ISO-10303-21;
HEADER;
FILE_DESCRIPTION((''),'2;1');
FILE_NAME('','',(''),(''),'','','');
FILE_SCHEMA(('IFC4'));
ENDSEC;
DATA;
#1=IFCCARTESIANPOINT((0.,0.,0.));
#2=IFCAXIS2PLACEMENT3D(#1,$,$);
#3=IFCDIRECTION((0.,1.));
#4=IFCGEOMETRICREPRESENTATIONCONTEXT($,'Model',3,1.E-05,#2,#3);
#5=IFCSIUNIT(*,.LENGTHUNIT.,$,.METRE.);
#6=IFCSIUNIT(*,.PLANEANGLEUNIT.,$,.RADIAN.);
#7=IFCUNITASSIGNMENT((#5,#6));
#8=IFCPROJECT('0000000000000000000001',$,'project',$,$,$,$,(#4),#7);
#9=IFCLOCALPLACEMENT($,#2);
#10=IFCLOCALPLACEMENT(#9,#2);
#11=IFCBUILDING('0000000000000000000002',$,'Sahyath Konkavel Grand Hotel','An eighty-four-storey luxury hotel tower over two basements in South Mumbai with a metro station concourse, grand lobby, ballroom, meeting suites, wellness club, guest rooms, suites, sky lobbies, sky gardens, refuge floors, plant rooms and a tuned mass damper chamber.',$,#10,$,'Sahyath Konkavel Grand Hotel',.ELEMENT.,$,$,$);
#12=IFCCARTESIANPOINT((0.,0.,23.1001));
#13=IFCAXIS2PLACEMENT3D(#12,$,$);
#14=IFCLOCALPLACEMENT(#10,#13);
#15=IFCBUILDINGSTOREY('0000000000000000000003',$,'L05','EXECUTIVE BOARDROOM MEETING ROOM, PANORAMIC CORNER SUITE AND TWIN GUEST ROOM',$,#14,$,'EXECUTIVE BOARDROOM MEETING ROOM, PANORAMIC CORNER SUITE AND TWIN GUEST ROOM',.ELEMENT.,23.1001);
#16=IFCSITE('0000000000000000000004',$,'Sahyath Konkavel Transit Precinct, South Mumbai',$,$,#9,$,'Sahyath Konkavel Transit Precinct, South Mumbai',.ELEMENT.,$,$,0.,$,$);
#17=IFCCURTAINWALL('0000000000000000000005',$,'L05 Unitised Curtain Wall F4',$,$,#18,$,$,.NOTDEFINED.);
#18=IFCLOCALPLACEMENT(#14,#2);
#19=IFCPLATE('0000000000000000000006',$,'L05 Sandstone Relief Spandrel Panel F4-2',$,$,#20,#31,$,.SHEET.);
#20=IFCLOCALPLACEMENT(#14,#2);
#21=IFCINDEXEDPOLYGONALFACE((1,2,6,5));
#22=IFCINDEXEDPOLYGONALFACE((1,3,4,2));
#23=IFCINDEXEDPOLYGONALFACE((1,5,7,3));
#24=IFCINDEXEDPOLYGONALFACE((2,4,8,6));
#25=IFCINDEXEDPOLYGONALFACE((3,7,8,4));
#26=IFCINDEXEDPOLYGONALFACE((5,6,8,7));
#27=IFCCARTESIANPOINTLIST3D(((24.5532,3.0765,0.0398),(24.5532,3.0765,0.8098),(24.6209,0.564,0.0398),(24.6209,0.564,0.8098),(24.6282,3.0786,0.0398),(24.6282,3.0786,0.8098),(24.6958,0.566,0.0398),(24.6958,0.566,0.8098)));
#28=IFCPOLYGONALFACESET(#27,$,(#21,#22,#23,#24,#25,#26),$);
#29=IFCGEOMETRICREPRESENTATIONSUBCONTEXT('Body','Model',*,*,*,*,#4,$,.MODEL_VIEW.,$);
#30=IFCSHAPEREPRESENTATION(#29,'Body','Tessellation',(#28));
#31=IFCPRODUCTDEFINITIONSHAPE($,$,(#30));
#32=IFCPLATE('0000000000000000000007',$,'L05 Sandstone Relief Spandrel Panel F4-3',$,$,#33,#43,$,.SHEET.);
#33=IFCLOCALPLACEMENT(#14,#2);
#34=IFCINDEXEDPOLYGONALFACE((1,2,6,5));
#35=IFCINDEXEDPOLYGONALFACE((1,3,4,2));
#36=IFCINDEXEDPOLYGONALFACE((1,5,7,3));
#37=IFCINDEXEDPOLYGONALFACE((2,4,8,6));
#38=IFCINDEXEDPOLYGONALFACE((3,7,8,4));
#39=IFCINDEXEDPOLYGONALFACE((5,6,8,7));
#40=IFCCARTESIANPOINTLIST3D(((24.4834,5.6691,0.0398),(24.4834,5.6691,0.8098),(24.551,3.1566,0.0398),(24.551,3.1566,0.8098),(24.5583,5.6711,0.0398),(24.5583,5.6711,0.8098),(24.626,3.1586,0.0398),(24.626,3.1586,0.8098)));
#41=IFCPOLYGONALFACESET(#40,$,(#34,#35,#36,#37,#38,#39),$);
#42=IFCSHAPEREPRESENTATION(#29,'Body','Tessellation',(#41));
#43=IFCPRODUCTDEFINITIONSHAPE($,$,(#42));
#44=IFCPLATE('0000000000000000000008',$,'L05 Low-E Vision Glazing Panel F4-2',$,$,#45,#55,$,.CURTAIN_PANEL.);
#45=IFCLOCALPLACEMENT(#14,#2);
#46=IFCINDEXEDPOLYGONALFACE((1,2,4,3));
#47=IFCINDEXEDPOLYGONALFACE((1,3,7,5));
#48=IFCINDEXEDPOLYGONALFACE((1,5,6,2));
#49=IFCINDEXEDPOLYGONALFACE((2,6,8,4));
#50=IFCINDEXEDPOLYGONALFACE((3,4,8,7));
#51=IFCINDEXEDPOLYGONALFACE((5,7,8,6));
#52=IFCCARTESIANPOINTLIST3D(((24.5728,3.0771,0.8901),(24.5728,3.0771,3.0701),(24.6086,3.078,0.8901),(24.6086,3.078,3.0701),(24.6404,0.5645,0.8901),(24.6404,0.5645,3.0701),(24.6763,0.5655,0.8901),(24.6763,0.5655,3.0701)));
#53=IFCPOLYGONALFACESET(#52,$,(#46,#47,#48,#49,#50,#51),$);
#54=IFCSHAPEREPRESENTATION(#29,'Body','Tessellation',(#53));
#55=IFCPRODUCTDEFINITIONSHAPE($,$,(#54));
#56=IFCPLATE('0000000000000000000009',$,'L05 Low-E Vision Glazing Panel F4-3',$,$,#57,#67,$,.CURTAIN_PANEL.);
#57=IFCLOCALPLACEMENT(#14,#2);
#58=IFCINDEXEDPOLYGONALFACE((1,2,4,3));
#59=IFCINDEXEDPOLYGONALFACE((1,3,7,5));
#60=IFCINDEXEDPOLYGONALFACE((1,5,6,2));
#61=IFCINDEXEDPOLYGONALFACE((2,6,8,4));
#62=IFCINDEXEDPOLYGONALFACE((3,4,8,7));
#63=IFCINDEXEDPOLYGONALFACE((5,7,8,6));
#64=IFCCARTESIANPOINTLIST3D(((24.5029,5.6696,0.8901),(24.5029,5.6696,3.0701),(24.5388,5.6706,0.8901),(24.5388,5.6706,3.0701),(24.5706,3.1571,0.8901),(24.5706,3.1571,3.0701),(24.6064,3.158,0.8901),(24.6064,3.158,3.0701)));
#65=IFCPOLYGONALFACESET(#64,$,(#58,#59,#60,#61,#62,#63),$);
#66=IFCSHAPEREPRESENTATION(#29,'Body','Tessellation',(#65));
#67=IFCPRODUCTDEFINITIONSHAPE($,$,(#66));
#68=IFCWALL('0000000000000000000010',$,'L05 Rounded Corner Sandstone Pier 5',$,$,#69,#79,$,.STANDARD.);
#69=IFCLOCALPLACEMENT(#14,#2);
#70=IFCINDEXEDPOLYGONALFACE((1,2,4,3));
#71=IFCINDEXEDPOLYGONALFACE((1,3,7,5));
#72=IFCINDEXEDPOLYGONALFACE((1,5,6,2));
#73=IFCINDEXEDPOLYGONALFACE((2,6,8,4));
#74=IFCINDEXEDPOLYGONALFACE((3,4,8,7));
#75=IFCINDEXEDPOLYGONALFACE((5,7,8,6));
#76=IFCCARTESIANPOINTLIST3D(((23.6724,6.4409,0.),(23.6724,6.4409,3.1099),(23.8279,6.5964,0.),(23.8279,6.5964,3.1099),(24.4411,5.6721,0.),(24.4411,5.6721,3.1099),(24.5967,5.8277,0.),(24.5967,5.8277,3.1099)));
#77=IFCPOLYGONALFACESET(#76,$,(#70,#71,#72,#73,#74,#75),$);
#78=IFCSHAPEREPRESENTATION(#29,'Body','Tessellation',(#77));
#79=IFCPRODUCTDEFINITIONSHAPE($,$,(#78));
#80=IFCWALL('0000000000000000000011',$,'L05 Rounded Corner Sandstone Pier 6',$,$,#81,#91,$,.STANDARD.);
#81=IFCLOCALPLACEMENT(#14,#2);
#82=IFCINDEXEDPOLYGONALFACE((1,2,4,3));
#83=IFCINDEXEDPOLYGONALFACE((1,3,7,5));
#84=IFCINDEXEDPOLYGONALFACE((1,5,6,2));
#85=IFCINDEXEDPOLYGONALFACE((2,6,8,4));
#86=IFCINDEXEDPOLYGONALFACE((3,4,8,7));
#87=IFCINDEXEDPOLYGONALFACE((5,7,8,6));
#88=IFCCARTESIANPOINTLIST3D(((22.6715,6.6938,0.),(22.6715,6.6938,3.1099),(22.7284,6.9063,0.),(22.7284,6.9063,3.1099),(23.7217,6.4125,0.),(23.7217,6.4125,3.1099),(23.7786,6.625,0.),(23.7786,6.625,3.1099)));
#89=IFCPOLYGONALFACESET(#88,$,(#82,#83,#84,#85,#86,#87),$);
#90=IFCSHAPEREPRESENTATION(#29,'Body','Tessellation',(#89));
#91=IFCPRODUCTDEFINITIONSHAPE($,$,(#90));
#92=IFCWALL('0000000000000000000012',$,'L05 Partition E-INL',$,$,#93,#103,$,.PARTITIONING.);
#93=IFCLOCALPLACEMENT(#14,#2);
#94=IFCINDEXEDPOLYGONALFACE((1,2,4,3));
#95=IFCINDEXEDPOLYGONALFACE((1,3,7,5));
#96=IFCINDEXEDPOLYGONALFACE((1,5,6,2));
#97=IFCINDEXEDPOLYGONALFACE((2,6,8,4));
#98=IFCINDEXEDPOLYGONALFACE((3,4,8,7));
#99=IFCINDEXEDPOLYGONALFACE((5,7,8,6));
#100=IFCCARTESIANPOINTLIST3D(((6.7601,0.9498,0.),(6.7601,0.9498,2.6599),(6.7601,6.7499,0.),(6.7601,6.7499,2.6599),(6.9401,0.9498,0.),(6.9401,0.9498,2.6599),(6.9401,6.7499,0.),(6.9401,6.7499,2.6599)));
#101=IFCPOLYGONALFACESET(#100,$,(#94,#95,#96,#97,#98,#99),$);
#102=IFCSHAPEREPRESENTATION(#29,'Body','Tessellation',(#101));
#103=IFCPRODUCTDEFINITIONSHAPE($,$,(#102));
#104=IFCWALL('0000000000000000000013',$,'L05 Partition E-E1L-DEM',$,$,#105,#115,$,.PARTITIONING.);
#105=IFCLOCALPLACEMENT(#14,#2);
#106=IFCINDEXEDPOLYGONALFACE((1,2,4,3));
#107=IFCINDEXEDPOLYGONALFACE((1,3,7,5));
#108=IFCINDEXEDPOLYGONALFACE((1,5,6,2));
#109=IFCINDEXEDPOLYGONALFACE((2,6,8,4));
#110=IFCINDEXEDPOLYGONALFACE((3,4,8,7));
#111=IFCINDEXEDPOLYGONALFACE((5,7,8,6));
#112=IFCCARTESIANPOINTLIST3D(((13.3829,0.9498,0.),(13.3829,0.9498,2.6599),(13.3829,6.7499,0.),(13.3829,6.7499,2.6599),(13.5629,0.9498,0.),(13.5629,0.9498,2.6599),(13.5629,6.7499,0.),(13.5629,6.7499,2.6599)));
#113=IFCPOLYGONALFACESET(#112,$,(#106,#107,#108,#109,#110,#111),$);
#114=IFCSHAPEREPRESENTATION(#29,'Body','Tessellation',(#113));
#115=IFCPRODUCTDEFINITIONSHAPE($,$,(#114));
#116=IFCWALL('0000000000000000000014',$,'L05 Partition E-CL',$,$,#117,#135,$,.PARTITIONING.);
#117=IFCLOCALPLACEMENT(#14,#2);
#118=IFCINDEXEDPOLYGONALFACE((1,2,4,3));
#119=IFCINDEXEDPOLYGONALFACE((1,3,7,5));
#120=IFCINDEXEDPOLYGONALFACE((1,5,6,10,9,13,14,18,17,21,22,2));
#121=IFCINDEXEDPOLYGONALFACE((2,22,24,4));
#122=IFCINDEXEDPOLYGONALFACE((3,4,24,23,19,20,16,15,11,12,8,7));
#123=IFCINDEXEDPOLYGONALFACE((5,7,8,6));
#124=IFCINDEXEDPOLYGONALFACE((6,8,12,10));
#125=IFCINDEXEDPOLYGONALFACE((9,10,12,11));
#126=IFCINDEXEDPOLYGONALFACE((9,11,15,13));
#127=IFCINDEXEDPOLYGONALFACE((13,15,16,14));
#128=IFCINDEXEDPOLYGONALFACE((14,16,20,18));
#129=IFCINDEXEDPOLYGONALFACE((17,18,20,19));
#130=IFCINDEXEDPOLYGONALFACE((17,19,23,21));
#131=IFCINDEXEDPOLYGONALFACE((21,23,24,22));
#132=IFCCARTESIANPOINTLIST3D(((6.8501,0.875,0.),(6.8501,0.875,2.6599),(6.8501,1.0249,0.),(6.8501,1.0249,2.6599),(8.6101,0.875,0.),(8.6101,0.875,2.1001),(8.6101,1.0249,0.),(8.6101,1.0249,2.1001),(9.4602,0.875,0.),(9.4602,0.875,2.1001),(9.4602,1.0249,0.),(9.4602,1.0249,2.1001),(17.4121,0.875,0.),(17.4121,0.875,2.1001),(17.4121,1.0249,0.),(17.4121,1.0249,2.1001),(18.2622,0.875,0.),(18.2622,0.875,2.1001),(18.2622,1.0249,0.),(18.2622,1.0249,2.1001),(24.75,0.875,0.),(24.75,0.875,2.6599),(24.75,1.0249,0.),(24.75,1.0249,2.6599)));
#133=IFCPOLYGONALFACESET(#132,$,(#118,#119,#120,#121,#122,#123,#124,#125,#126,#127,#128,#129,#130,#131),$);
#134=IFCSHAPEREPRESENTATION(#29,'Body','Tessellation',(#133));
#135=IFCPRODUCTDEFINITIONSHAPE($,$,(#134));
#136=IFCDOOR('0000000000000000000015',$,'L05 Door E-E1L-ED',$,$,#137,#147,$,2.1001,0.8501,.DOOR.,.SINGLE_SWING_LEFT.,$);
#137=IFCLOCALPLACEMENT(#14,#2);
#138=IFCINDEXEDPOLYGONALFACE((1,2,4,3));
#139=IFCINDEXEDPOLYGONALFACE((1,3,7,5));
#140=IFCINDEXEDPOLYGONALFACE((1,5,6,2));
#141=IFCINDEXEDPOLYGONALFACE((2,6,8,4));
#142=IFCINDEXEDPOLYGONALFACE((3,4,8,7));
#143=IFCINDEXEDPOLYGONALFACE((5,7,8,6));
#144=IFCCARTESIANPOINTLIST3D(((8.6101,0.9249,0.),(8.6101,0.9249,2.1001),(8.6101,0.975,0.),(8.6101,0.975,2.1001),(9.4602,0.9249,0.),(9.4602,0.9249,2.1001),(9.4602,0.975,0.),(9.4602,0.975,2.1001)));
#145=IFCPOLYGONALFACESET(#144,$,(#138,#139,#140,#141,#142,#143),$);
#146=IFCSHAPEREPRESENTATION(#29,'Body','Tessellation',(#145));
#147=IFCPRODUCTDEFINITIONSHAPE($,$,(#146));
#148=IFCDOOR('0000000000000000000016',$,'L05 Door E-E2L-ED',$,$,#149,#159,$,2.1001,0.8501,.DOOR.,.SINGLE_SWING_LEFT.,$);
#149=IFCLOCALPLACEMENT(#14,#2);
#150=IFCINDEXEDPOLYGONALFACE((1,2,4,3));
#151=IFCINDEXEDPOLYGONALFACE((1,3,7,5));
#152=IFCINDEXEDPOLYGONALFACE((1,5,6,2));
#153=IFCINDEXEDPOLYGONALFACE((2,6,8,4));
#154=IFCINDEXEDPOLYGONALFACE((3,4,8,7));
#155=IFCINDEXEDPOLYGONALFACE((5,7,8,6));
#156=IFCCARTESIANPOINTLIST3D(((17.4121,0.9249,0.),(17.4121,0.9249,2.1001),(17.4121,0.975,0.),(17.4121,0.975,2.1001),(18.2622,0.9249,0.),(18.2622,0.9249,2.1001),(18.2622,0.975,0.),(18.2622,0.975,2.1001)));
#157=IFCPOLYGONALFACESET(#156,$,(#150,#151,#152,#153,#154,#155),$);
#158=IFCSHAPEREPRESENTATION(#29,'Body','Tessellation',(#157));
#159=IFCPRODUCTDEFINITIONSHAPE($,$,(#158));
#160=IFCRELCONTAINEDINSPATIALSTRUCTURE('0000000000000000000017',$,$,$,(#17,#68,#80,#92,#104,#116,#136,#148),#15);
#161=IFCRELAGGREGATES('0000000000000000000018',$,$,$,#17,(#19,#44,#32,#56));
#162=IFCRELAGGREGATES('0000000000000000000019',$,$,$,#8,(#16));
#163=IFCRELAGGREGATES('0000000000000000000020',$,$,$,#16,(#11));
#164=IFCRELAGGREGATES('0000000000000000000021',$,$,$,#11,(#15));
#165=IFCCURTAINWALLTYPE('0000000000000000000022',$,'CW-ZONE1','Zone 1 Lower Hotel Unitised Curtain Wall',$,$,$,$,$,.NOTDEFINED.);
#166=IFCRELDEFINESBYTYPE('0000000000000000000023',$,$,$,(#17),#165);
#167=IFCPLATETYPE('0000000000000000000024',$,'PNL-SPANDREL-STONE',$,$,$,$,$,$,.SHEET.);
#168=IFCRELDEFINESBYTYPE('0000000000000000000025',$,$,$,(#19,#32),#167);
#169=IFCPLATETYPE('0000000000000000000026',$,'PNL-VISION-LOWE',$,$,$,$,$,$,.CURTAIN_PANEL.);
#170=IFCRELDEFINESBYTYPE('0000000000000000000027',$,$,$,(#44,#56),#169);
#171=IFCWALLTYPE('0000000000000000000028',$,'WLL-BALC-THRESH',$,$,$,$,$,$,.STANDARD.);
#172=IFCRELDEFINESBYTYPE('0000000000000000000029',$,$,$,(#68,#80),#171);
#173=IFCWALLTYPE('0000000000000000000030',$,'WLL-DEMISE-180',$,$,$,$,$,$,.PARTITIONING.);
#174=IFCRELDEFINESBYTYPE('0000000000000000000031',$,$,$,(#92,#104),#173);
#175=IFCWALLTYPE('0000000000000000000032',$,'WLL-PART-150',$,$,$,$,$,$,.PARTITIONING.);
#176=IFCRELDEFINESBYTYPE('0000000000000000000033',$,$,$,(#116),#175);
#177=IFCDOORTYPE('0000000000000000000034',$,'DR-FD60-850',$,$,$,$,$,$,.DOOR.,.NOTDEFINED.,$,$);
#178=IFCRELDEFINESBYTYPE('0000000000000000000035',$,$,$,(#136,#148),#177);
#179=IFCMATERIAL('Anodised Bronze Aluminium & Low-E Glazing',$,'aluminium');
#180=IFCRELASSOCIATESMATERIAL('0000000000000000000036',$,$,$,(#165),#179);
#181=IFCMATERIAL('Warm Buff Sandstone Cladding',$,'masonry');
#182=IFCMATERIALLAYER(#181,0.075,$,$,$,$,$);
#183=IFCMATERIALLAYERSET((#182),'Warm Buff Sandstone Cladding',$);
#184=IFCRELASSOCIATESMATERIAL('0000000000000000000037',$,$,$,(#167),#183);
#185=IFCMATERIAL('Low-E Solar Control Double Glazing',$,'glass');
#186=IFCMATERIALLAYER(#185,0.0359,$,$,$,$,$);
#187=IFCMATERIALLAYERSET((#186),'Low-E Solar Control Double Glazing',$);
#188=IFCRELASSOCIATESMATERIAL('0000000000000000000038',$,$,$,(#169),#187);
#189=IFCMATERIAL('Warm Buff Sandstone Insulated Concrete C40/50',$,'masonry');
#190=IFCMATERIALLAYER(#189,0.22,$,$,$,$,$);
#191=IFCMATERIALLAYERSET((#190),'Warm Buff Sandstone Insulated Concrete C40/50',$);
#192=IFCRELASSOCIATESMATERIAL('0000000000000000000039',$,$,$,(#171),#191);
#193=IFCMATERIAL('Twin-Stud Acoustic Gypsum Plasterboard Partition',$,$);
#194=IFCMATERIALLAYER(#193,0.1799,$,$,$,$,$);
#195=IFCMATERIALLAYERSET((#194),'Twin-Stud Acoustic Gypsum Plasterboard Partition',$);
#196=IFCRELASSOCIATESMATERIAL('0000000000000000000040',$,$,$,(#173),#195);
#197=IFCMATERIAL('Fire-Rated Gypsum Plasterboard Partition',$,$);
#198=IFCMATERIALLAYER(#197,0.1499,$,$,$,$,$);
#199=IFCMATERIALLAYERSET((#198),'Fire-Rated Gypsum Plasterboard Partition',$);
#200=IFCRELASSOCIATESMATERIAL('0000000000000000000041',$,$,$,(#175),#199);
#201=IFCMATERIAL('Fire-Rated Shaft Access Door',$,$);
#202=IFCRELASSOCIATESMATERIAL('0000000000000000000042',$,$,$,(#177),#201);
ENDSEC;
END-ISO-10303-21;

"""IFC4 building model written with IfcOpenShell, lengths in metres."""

from ifc_helpers import new_model, si_unit, direction, frame, frame_2d, origin, origin_2d, place, context, subcontext, project, spatial, rectangle, extrude, source, transform, mapped, material, layer, layer_set, type_object, element, fill, aggregate, save


model = new_model("IFC4")

# Units and contexts
model_context = context("Model", 3, precision=1e-05, world=origin(), true_north=direction((0.0, 1.0)))
body_context = subcontext(model_context, "Body", "Model", "MODEL_VIEW")
ifc_project = project(units=[si_unit("LENGTHUNIT", "METRE"), si_unit("PLANEANGLEUNIT", "RADIAN")], contexts=[model_context])

# Site, building, storey
site_placement = place(None, origin())
site = spatial("IfcSite", under=ifc_project, at=site_placement, Name="Sahyath Konkavel Transit Precinct, South Mumbai", LongName="Sahyath Konkavel Transit Precinct, South Mumbai", CompositionType="ELEMENT", RefElevation=0.0)
building_placement = place(site_placement, origin())
building = spatial("IfcBuilding", under=site, at=building_placement, Name="Sahyath Konkavel Grand Hotel", Description="An eighty-four-storey luxury hotel tower over two basements in South Mumbai with a metro station concourse, grand lobby, ballroom, meeting suites, wellness club, guest rooms, suites, sky lobbies, sky gardens, refuge floors, plant rooms and a tuned mass damper chamber.", LongName="Sahyath Konkavel Grand Hotel", CompositionType="ELEMENT")
storey_placement = place(building_placement, frame((0.0, 0.0, 23.1001)))
storey = spatial("IfcBuildingStorey", under=building, at=storey_placement, Name="L05", Description="EXECUTIVE BOARDROOM MEETING ROOM, PANORAMIC CORNER SUITE AND TWIN GUEST ROOM", LongName="EXECUTIVE BOARDROOM MEETING ROOM, PANORAMIC CORNER SUITE AND TWIN GUEST ROOM", CompositionType="ELEMENT", Elevation=23.1001)

# Curtain wall
ifc_material_1 = material(Name="Anodised Bronze Aluminium & Low-E Glazing", Category="aluminium")
curtain_wall_type = type_object("IfcCurtainWallType", Name="CW-ZONE1", Description="Zone 1 Lower Hotel Unitised Curtain Wall", PredefinedType="NOTDEFINED", material=ifc_material_1)
curtain_wall_1_placement = place(storey_placement, origin())
curtain_wall_1 = element("IfcCurtainWall", 1, at=curtain_wall_1_placement, inside=storey, type_object=curtain_wall_type, Name="L05 Unitised Curtain Wall F4", PredefinedType="NOTDEFINED")

# Plates
ifc_material_2 = material(Name="Warm Buff Sandstone Cladding", Category="masonry")
ifc_layer_1 = layer(ifc_material_2, 0.075)
ifc_layer_set_1 = layer_set([ifc_layer_1], Name="Warm Buff Sandstone Cladding")
plate_type_1 = type_object("IfcPlateType", Name="PNL-SPANDREL-STONE", PredefinedType="SHEET", material=ifc_layer_set_1)
shared_shape_1 = source(origin(), body_context, "Body", "SweptSolid", [
    extrude(rectangle(XDim=2.5134, YDim=0.075, at=origin_2d()), origin(), (0.0, 0.0, 1.0), 0.77),
])
plate_1_placement = place(storey_placement, frame((24.6245, 1.8213, 0.0398), z_axis=(0.0, 0.0, 1.0), x_axis=(-0.02691, 0.999638, 0.0)))
plate_1 = element("IfcPlate", 2, at=plate_1_placement, type_object=plate_type_1, Name="L05 Sandstone Relief Spandrel Panel F4-2", PredefinedType="SHEET", context=body_context, shape_type="MappedRepresentation", body=[
    mapped(shared_shape_1, transform((0.0, 0.0, 0.0), scale=1.0)),
])
plate_2_placement = place(storey_placement, frame((24.5547, 4.4138, 0.0398), z_axis=(0.0, 0.0, 1.0), x_axis=(-0.02691, 0.999638, 0.0)))
plate_2 = element("IfcPlate", 3, at=plate_2_placement, type_object=plate_type_1, Name="L05 Sandstone Relief Spandrel Panel F4-3", PredefinedType="SHEET", context=body_context, shape_type="MappedRepresentation", body=[
    mapped(shared_shape_1, transform((0.0, 0.0, 0.0), scale=1.0)),
])
ifc_material_3 = material(Name="Low-E Solar Control Double Glazing", Category="glass")
ifc_layer_2 = layer(ifc_material_3, 0.0359)
ifc_layer_set_2 = layer_set([ifc_layer_2], Name="Low-E Solar Control Double Glazing")
plate_type_2 = type_object("IfcPlateType", Name="PNL-VISION-LOWE", PredefinedType="CURTAIN_PANEL", material=ifc_layer_set_2)
shared_shape_2 = source(origin(), body_context, "Body", "SweptSolid", [
    extrude(rectangle(XDim=2.5134, YDim=0.0359, at=origin_2d()), origin(), (0.0, 0.0, 1.0), 2.1799),
])
plate_3_placement = place(storey_placement, frame((24.6245, 1.8213, 0.8901), z_axis=(0.0, 0.0, 1.0), x_axis=(-0.02691, 0.999638, 0.0)))
plate_3 = element("IfcPlate", 4, at=plate_3_placement, type_object=plate_type_2, Name="L05 Low-E Vision Glazing Panel F4-2", PredefinedType="CURTAIN_PANEL", context=body_context, shape_type="MappedRepresentation", body=[
    mapped(shared_shape_2, transform((0.0, 0.0, 0.0), scale=1.0)),
])
plate_4_placement = place(storey_placement, frame((24.5547, 4.4138, 0.8901), z_axis=(0.0, 0.0, 1.0), x_axis=(-0.02691, 0.999638, 0.0)))
plate_4 = element("IfcPlate", 5, at=plate_4_placement, type_object=plate_type_2, Name="L05 Low-E Vision Glazing Panel F4-3", PredefinedType="CURTAIN_PANEL", context=body_context, shape_type="MappedRepresentation", body=[
    mapped(shared_shape_2, transform((0.0, 0.0, 0.0), scale=1.0)),
])
aggregate(curtain_wall_1, [plate_1, plate_3, plate_2, plate_4])

# Walls
ifc_material_4 = material(Name="Warm Buff Sandstone Insulated Concrete C40/50", Category="masonry")
ifc_layer_3 = layer(ifc_material_4, 0.22)
ifc_layer_set_3 = layer_set([ifc_layer_3], Name="Warm Buff Sandstone Insulated Concrete C40/50")
wall_type_1 = type_object("IfcWallType", Name="WLL-BALC-THRESH", PredefinedType="STANDARD", material=ifc_layer_set_3)
for number, where, z_axis, x_axis, name in (
    (6, (24.5188, 5.75, 0.0), (0.0, 0.0, 1.0), (-0.707107, 0.707107, 0.0), "L05 Rounded Corner Sandstone Pier 5"),
    (7, (23.75, 6.5188, 0.0), (0.0, 0.0, 1.0), (-0.965951, 0.258725, 0.0), "L05 Rounded Corner Sandstone Pier 6"),
):
    element("IfcWall", number, at=place(storey_placement, frame(where, z_axis=z_axis, x_axis=x_axis)), inside=storey, type_object=wall_type_1, Name=name, PredefinedType="STANDARD", context=body_context, shape_type="SweptSolid", body=[
        extrude(rectangle(XDim=1.0872, YDim=0.22, at=frame_2d((0.5435, 0.0))), origin(), (0.0, 0.0, 1.0), 3.1099),
    ])
ifc_material_5 = material(Name="Twin-Stud Acoustic Gypsum Plasterboard Partition")
ifc_layer_4 = layer(ifc_material_5, 0.1799)
ifc_layer_set_4 = layer_set([ifc_layer_4], Name="Twin-Stud Acoustic Gypsum Plasterboard Partition")
wall_type_2 = type_object("IfcWallType", Name="WLL-DEMISE-180", PredefinedType="PARTITIONING", material=ifc_layer_set_4)
for number, where, z_axis, x_axis, name in (
    (8, (6.8501, 0.95, 0.0), (0.0, 0.0, 1.0), (0.0, 1.0, 0.0), "L05 Partition E-INL"),
    (9, (13.4729, 0.95, 0.0), (0.0, 0.0, 1.0), (0.0, 1.0, 0.0), "L05 Partition E-E1L-DEM"),
):
    element("IfcWall", number, at=place(storey_placement, frame(where, z_axis=z_axis, x_axis=x_axis)), inside=storey, type_object=wall_type_2, Name=name, PredefinedType="PARTITIONING", context=body_context, shape_type="SweptSolid", body=[
        extrude(rectangle(XDim=5.8, YDim=0.1799, at=frame_2d((2.8999, 0.0))), origin(), (0.0, 0.0, 1.0), 2.6599),
    ])

# Wall, openings, doors
ifc_material_6 = material(Name="Fire-Rated Gypsum Plasterboard Partition")
ifc_layer_5 = layer(ifc_material_6, 0.1499)
ifc_layer_set_5 = layer_set([ifc_layer_5], Name="Fire-Rated Gypsum Plasterboard Partition")
wall_type_3 = type_object("IfcWallType", Name="WLL-PART-150", PredefinedType="PARTITIONING", material=ifc_layer_set_5)
wall_1_placement = place(storey_placement, frame((6.8501, 0.95, 0.0), z_axis=(0.0, 0.0, 1.0), x_axis=(1.0, 0.0, 0.0)))
wall_1 = element("IfcWall", 10, at=wall_1_placement, inside=storey, type_object=wall_type_3, Name="L05 Partition E-CL", PredefinedType="PARTITIONING", context=body_context, shape_type="SweptSolid", body=[
    extrude(rectangle(XDim=17.8999, YDim=0.1499, at=frame_2d((8.95, 0.0))), origin(), (0.0, 0.0, 1.0), 2.6599),
])
opening_1_placement = place(wall_1_placement, frame((1.76, 0.0, 0.0)))
opening_1 = element("IfcOpeningElement", 11, at=opening_1_placement, cuts=wall_1, PredefinedType="OPENING", context=body_context, shape_type="SweptSolid", body=[
    extrude(rectangle(XDim=0.8501, YDim=2.1001, at=frame_2d((0.425, 1.05))), frame((0.0, 0.085, 0.0), z_axis=(0.0, -1.0, 0.0), x_axis=(1.0, 0.0, 0.0)), (0.0, 0.0, 1.0), 0.1699),
])
opening_2_placement = place(wall_1_placement, frame((10.562, 0.0, 0.0)))
opening_2 = element("IfcOpeningElement", 12, at=opening_2_placement, cuts=wall_1, PredefinedType="OPENING", context=body_context, shape_type="SweptSolid", body=[
    extrude(rectangle(XDim=0.8501, YDim=2.1001, at=frame_2d((0.425, 1.05))), frame((0.0, 0.085, 0.0), z_axis=(0.0, -1.0, 0.0), x_axis=(1.0, 0.0, 0.0)), (0.0, 0.0, 1.0), 0.1699),
])
ifc_material_7 = material(Name="Fire-Rated Shaft Access Door")
door_type_1 = type_object("IfcDoorType", Name="DR-FD60-850", OperationType="NOTDEFINED", PredefinedType="DOOR", material=ifc_material_7)
shared_shape_3 = source(origin(), body_context, "Body", "SweptSolid", [
    extrude(rectangle(XDim=0.8501, YDim=0.05, at=origin_2d()), origin(), (0.0, 0.0, 1.0), 2.1001),
])
door_1_placement = place(opening_1_placement, frame((0.425, 0.0, 0.0)))
door_1 = element("IfcDoor", 13, at=door_1_placement, inside=storey, type_object=door_type_1, Name="L05 Door E-E1L-ED", OperationType="SINGLE_SWING_LEFT", OverallHeight=2.1001, OverallWidth=0.8501, PredefinedType="DOOR", context=body_context, shape_type="MappedRepresentation", body=[
    mapped(shared_shape_3, transform((0.0, 0.0, 0.0), scale=1.0)),
])
fill(opening_1, door_1)
door_2_placement = place(opening_2_placement, frame((0.425, 0.0, 0.0)))
door_2 = element("IfcDoor", 14, at=door_2_placement, inside=storey, type_object=door_type_1, Name="L05 Door E-E2L-ED", OperationType="SINGLE_SWING_LEFT", OverallHeight=2.1001, OverallWidth=0.8501, PredefinedType="DOOR", context=body_context, shape_type="MappedRepresentation", body=[
    mapped(shared_shape_3, transform((0.0, 0.0, 0.0), scale=1.0)),
])
fill(opening_2, door_2)

save(model, "model.ifc")
